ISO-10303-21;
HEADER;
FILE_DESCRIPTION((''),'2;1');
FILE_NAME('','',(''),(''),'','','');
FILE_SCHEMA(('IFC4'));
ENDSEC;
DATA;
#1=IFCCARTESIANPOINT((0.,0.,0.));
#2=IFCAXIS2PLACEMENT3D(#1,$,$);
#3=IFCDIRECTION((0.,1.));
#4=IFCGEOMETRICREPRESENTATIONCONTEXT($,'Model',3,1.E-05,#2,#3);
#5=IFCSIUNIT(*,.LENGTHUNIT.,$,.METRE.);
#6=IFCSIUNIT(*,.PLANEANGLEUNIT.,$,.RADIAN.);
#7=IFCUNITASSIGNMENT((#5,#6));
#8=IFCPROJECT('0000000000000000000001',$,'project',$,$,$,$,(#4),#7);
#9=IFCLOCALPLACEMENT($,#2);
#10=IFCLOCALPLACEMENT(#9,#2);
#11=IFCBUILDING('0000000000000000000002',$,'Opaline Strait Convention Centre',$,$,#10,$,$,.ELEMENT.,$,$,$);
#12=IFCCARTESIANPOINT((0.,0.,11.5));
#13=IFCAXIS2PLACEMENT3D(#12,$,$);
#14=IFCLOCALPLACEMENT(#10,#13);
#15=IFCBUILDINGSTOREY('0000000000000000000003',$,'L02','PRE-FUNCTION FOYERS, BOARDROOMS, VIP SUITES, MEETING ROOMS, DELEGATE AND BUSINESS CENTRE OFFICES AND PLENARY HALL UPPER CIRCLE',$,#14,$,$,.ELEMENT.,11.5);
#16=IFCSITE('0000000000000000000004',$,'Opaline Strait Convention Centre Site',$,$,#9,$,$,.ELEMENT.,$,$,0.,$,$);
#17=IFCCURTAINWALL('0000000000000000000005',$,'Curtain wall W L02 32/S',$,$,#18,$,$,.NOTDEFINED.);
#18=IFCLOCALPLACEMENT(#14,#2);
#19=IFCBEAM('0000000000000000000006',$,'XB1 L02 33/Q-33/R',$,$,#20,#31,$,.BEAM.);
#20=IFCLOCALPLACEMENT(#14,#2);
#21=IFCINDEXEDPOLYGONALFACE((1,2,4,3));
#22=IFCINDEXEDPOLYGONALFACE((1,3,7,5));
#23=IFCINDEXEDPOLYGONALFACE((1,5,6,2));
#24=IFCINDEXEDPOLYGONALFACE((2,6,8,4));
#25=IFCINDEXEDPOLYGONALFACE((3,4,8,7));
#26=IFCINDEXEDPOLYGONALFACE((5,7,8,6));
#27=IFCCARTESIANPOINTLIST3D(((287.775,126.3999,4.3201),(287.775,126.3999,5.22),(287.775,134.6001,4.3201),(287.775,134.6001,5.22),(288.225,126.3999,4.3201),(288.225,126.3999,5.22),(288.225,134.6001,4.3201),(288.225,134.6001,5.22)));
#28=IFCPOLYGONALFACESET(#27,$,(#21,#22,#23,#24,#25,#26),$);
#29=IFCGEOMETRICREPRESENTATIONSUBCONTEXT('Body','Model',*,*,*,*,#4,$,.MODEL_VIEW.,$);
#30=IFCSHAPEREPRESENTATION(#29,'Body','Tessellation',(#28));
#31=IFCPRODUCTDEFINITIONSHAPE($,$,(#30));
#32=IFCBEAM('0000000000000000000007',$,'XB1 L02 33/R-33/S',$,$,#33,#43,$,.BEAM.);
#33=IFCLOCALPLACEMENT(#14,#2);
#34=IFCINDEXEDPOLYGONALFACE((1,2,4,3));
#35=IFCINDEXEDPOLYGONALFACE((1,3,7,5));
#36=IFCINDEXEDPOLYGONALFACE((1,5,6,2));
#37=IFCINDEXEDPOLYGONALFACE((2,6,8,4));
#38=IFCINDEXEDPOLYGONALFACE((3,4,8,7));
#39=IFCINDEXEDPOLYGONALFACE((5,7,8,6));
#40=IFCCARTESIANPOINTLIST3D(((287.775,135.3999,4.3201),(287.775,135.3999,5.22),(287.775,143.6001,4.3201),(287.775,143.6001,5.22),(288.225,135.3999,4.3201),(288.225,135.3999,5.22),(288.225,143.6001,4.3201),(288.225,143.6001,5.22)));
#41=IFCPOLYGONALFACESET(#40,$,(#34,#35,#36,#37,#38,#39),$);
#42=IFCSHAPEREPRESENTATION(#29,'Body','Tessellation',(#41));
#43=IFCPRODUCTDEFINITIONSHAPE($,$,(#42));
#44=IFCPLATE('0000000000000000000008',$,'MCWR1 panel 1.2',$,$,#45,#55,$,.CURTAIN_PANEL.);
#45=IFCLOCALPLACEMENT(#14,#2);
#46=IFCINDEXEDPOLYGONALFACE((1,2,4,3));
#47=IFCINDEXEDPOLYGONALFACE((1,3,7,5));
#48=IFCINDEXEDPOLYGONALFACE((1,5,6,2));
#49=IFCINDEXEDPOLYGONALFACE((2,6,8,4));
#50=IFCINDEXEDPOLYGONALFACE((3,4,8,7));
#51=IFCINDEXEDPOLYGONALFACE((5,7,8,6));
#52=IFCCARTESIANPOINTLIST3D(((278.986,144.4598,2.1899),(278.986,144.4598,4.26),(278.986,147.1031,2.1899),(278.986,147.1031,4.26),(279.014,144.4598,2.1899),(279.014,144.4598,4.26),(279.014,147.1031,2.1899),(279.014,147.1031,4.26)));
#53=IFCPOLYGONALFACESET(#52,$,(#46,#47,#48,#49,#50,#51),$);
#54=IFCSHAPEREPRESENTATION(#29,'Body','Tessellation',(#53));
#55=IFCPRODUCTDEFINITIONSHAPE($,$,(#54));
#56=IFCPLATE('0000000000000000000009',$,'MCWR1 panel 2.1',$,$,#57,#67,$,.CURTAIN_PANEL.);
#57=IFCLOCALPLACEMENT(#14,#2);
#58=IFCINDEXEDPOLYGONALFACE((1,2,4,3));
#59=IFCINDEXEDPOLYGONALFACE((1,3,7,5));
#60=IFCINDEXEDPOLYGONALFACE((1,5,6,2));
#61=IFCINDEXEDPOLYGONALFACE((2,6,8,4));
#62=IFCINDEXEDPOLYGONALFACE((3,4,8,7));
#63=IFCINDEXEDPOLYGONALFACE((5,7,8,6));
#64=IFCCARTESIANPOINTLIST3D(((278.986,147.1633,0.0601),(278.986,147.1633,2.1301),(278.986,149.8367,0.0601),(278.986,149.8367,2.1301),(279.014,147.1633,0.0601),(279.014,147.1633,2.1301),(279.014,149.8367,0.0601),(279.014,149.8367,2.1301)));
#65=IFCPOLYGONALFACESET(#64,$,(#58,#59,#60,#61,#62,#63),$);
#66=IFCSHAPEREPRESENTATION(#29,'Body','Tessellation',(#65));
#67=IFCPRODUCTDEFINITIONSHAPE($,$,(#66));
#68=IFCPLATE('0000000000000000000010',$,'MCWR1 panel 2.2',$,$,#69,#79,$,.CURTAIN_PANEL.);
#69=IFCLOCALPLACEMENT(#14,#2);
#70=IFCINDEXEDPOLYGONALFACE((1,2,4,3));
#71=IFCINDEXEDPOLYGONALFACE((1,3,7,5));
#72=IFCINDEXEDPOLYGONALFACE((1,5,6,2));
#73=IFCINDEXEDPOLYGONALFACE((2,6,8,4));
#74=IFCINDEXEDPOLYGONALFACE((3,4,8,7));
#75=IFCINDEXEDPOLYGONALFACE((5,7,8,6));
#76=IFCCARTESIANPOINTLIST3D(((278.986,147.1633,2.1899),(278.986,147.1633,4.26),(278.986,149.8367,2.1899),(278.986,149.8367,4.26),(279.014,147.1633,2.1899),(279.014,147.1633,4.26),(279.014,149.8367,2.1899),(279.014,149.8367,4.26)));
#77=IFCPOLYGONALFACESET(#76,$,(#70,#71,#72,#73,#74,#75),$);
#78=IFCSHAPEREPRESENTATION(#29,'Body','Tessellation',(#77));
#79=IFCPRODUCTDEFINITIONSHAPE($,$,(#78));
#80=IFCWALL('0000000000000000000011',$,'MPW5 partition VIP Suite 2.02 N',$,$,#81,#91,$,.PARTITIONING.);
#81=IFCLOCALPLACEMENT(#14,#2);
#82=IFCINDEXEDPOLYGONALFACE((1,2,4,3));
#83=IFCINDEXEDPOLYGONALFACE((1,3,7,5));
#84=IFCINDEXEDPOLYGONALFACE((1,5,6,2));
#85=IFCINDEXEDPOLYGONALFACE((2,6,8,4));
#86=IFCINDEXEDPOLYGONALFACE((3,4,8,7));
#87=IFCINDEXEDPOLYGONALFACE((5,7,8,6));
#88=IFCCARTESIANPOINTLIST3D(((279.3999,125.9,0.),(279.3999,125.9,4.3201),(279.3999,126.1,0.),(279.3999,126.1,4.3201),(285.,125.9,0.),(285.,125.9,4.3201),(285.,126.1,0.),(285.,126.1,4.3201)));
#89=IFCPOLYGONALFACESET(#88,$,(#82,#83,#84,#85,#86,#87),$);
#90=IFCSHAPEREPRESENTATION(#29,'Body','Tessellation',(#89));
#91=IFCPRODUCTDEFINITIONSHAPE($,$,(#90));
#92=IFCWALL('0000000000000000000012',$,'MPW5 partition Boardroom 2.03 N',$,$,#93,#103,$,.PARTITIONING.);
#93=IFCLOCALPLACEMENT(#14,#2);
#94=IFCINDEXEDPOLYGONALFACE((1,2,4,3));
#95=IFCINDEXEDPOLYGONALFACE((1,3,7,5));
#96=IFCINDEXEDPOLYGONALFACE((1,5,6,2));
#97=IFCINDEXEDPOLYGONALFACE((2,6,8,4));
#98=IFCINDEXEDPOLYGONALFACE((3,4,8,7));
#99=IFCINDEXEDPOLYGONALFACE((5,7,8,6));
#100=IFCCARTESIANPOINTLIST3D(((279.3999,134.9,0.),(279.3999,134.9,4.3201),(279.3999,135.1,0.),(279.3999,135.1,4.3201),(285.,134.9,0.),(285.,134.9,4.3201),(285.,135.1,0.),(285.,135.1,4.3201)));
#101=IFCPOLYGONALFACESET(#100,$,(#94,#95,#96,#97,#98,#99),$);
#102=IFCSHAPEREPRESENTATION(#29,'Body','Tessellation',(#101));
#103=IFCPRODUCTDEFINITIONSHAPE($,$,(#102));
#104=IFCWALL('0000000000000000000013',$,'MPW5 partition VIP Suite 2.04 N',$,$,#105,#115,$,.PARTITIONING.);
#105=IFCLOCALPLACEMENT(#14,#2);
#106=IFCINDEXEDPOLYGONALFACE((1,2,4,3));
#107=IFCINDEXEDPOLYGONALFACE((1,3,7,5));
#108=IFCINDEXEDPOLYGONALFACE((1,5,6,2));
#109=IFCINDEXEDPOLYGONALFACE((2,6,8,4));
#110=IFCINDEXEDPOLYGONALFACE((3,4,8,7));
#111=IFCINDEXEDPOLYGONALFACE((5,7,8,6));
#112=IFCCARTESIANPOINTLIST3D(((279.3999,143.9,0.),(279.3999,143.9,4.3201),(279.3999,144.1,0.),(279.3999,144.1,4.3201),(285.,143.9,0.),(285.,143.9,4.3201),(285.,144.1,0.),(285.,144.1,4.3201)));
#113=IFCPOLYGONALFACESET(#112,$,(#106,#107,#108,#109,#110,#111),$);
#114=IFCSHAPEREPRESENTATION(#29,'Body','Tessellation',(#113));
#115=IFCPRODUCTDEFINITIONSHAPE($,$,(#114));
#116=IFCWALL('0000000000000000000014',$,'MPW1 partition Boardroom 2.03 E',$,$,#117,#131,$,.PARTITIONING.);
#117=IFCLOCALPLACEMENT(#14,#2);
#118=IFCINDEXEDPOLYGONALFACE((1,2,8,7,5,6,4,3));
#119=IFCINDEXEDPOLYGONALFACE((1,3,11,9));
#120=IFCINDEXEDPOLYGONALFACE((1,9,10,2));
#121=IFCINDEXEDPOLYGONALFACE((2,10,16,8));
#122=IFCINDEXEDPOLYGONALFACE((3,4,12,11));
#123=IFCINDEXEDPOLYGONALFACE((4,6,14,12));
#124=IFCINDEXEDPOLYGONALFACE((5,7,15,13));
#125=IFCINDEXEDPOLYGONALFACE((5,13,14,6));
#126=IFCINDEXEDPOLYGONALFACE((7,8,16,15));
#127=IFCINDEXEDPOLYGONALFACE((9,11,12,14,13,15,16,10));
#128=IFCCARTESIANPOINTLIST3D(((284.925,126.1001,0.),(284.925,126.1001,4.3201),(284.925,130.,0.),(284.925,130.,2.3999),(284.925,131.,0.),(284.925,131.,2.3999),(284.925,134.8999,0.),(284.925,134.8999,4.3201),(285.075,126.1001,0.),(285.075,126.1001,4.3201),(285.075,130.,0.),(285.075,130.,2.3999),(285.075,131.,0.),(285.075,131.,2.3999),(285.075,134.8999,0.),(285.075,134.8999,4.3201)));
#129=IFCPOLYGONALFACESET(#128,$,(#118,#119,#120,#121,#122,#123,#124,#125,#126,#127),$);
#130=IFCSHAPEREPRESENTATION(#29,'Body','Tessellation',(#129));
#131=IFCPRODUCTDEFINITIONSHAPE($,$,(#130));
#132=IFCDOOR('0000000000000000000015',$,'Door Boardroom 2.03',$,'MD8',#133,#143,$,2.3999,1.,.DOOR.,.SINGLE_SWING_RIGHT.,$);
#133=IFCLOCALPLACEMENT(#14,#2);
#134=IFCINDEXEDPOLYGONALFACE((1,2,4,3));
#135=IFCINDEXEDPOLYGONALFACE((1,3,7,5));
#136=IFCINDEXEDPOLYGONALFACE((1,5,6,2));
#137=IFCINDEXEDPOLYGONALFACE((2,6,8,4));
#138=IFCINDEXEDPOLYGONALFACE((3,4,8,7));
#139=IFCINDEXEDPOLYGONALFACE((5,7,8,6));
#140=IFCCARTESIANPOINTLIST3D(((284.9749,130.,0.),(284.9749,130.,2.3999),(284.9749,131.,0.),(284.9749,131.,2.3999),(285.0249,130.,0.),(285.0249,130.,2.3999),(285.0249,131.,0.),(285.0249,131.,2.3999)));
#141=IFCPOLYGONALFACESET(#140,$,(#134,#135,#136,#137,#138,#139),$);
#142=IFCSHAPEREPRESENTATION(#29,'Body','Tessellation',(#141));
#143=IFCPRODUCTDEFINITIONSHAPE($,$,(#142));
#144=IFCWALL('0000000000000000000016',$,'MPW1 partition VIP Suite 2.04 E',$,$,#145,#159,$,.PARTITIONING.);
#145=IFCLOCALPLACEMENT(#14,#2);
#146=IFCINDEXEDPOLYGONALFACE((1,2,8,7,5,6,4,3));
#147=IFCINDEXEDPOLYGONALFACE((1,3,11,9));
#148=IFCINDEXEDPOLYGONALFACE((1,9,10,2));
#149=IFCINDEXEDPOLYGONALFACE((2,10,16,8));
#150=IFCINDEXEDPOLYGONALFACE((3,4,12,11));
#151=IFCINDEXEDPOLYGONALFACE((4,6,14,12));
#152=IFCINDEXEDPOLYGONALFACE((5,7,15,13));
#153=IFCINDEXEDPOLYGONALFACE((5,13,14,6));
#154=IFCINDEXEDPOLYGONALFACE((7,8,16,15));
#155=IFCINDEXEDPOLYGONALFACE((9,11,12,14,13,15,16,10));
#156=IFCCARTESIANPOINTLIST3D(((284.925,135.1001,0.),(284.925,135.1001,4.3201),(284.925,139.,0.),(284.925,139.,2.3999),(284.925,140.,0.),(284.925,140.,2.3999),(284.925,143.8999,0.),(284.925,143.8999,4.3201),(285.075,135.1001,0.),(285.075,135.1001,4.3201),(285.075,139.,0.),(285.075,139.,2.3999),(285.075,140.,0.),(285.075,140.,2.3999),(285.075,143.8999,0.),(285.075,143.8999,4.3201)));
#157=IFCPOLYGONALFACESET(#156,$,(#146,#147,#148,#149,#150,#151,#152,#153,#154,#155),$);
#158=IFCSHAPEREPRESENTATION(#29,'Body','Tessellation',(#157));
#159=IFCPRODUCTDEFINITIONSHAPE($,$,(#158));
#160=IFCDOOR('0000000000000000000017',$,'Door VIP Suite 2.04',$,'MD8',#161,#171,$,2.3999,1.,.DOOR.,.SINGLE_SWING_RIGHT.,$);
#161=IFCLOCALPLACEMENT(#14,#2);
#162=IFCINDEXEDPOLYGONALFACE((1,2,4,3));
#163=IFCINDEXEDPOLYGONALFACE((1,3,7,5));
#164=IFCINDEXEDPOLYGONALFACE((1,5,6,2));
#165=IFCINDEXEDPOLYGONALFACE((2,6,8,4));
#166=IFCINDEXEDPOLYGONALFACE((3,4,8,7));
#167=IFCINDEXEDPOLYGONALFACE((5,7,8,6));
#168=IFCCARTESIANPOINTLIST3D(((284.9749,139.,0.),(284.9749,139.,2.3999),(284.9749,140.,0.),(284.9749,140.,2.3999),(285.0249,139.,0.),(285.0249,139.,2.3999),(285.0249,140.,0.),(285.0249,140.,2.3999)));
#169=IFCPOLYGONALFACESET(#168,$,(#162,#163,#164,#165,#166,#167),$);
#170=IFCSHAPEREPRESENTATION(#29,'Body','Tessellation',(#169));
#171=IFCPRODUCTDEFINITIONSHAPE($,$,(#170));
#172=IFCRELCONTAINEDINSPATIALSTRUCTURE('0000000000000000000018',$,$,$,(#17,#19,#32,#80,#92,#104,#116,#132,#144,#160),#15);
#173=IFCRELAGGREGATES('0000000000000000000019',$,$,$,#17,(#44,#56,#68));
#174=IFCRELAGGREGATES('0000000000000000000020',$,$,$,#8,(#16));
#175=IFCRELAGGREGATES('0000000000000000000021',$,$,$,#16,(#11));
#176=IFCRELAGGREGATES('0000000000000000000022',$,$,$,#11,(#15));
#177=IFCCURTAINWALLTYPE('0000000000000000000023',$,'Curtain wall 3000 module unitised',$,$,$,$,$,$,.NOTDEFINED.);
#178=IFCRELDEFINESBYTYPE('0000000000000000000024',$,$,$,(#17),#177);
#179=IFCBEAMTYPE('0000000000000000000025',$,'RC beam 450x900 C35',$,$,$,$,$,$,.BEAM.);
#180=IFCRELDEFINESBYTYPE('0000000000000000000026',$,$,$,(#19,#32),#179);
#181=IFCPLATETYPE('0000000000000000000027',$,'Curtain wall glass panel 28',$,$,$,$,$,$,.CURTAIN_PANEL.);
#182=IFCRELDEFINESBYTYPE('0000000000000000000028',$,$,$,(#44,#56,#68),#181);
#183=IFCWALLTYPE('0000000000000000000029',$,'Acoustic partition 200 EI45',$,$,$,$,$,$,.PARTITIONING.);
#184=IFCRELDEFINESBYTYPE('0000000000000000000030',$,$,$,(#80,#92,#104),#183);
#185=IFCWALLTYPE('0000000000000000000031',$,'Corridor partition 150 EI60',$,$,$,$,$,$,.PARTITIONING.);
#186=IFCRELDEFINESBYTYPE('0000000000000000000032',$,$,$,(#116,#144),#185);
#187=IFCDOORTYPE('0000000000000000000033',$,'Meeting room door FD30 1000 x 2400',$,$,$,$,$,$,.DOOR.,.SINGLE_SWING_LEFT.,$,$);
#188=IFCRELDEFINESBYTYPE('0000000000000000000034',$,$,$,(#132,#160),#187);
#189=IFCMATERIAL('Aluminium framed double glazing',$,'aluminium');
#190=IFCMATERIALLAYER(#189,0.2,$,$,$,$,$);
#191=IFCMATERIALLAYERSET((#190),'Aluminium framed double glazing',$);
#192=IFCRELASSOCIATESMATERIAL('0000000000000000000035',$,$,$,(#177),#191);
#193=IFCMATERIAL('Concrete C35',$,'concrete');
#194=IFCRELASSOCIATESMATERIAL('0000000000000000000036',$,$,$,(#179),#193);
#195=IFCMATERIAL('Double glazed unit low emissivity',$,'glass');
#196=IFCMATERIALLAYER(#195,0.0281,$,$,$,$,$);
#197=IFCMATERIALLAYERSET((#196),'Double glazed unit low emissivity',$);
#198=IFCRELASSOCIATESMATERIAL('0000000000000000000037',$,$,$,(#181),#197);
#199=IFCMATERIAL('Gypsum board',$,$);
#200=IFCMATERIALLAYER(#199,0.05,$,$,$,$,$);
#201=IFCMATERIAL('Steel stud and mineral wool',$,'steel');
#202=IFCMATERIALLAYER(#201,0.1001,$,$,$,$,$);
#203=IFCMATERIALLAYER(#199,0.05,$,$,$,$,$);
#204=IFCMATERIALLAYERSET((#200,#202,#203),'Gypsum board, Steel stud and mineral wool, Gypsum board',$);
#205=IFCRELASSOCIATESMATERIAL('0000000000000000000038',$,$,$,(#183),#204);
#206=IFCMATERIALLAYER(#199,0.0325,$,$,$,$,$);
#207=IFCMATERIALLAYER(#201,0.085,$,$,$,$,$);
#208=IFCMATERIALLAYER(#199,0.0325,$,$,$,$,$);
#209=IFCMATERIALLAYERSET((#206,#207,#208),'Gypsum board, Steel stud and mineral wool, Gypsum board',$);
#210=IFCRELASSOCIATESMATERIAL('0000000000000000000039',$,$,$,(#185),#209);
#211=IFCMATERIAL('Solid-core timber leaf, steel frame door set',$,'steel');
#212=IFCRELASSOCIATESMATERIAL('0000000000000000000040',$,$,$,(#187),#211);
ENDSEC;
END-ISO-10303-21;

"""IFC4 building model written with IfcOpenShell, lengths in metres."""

from ifc_helpers import new_model, si_unit, direction, frame, frame_2d, origin, origin_2d, place, context, subcontext, project, spatial, rectangle, extrude, material, layer, layer_set, material_profile, profile_set, type_object, element, fill, aggregate, save


model = new_model("IFC4")

# Units and contexts
model_context = context("Model", 3, precision=1e-05, world=origin(), true_north=direction((0.0, 1.0)))
body_context = subcontext(model_context, "Body", "Model", "MODEL_VIEW")
ifc_project = project(units=[si_unit("LENGTHUNIT", "METRE"), si_unit("PLANEANGLEUNIT", "RADIAN")], contexts=[model_context])

# Site, building, storey
site_placement = place(None, origin())
site = spatial("IfcSite", under=ifc_project, at=site_placement, Name="Opaline Strait Convention Centre Site", CompositionType="ELEMENT", RefElevation=0.0)
building_placement = place(site_placement, origin())
building = spatial("IfcBuilding", under=site, at=building_placement, Name="Opaline Strait Convention Centre", CompositionType="ELEMENT")
storey_placement = place(building_placement, frame((0.0, 0.0, 11.5)))
storey = spatial("IfcBuildingStorey", under=building, at=storey_placement, Name="L02", Description="PRE-FUNCTION FOYERS, BOARDROOMS, VIP SUITES, MEETING ROOMS, DELEGATE AND BUSINESS CENTRE OFFICES AND PLENARY HALL UPPER CIRCLE", CompositionType="ELEMENT", Elevation=11.5)

# Curtain wall
ifc_material_1 = material(Name="Aluminium framed double glazing", Category="aluminium")
ifc_layer_1 = layer(ifc_material_1, 0.2)
ifc_layer_set_1 = layer_set([ifc_layer_1], Name="Aluminium framed double glazing")
curtain_wall_type = type_object("IfcCurtainWallType", Name="Curtain wall 3000 module unitised", PredefinedType="NOTDEFINED", material=ifc_layer_set_1)
curtain_wall_placement = place(storey_placement, origin())
curtain_wall = element("IfcCurtainWall", 1, at=curtain_wall_placement, inside=storey, type_object=curtain_wall_type, Name="Curtain wall W L02 32/S", PredefinedType="NOTDEFINED")

# Beams
ifc_material_2 = material(Name="Concrete C35", Category="concrete")
ifc_material_profile_1 = material_profile(ifc_material_2, rectangle(XDim=0.45, YDim=0.8999, at=origin_2d()), Name="RC 450x900")
ifc_profile_set_1 = profile_set([ifc_material_profile_1], Name="Concrete C35")
beam_type = type_object("IfcBeamType", Name="RC beam 450x900 C35", PredefinedType="BEAM", material=ifc_profile_set_1)
for number, where, z_axis, x_axis, name in (
    (2, (288.0, 126.3999, 4.77), (0.0, 1.0, 0.0), (-1.0, 0.0, 0.0), "XB1 L02 33/Q-33/R"),
    (3, (288.0, 135.3999, 4.77), (0.0, 1.0, 0.0), (-1.0, 0.0, 0.0), "XB1 L02 33/R-33/S"),
):
    element("IfcBeam", number, at=place(storey_placement, frame(where, z_axis=z_axis, x_axis=x_axis)), inside=storey, type_object=beam_type, Name=name, PredefinedType="BEAM", context=body_context, shape_type="SweptSolid", body=[
        extrude(rectangle(XDim=0.45, YDim=0.8999, at=origin_2d()), origin(), (0.0, 0.0, 1.0), 8.2002),
    ])

# Plates
ifc_material_3 = material(Name="Double glazed unit low emissivity", Category="glass")
ifc_layer_2 = layer(ifc_material_3, 0.0281)
ifc_layer_set_2 = layer_set([ifc_layer_2], Name="Double glazed unit low emissivity")
plate_type = type_object("IfcPlateType", Name="Curtain wall glass panel 28", PredefinedType="CURTAIN_PANEL", material=ifc_layer_set_2)
plate_1_placement = place(storey_placement, frame((279.0, 145.7815, 2.1899), z_axis=(0.0, 0.0, 1.0), x_axis=(0.0, 1.0, 0.0)))
plate_1 = element("IfcPlate", 4, at=plate_1_placement, type_object=plate_type, Name="MCWR1 panel 1.2", PredefinedType="CURTAIN_PANEL", context=body_context, shape_type="SweptSolid", body=[
    extrude(rectangle(XDim=2.6433, YDim=0.0281, at=origin_2d()), origin(), (0.0, 0.0, 1.0), 2.0701),
])
plate_2_placement = place(storey_placement, frame((279.0, 148.5, 0.0601), z_axis=(0.0, 0.0, 1.0), x_axis=(0.0, 1.0, 0.0)))
plate_2 = element("IfcPlate", 5, at=plate_2_placement, type_object=plate_type, Name="MCWR1 panel 2.1", PredefinedType="CURTAIN_PANEL", context=body_context, shape_type="SweptSolid", body=[
    extrude(rectangle(XDim=2.6733, YDim=0.0281, at=origin_2d()), origin(), (0.0, 0.0, 1.0), 2.0701),
])
plate_3_placement = place(storey_placement, frame((279.0, 148.5, 2.1899), z_axis=(0.0, 0.0, 1.0), x_axis=(0.0, 1.0, 0.0)))
plate_3 = element("IfcPlate", 6, at=plate_3_placement, type_object=plate_type, Name="MCWR1 panel 2.2", PredefinedType="CURTAIN_PANEL", context=body_context, shape_type="SweptSolid", body=[
    extrude(rectangle(XDim=2.6733, YDim=0.0281, at=origin_2d()), origin(), (0.0, 0.0, 1.0), 2.0701),
])
aggregate(curtain_wall, [plate_1, plate_2, plate_3])

# Walls
ifc_material_4 = material(Name="Gypsum board")
ifc_layer_3 = layer(ifc_material_4, 0.05)
ifc_material_5 = material(Name="Steel stud and mineral wool", Category="steel")
ifc_layer_4 = layer(ifc_material_5, 0.1001)
ifc_layer_5 = layer(ifc_material_4, 0.05)
ifc_layer_set_3 = layer_set([ifc_layer_3, ifc_layer_4, ifc_layer_5], Name="Gypsum board, Steel stud and mineral wool, Gypsum board")
wall_type_1 = type_object("IfcWallType", Name="Acoustic partition 200 EI45", PredefinedType="PARTITIONING", material=ifc_layer_set_3)
for number, where, z_axis, x_axis, name in (
    (7, (279.3999, 126.0, 0.0), (0.0, 0.0, 1.0), (1.0, 0.0, 0.0), "MPW5 partition VIP Suite 2.02 N"),
    (8, (279.3999, 135.0, 0.0), (0.0, 0.0, 1.0), (1.0, 0.0, 0.0), "MPW5 partition Boardroom 2.03 N"),
    (9, (279.3999, 144.0, 0.0), (0.0, 0.0, 1.0), (1.0, 0.0, 0.0), "MPW5 partition VIP Suite 2.04 N"),
):
    element("IfcWall", number, at=place(storey_placement, frame(where, z_axis=z_axis, x_axis=x_axis)), inside=storey, type_object=wall_type_1, Name=name, PredefinedType="PARTITIONING", context=body_context, shape_type="SweptSolid", body=[
        extrude(rectangle(XDim=5.6001, YDim=0.2, at=frame_2d((2.8, 0.0))), origin(), (0.0, 0.0, 1.0), 4.3201),
    ])

# Walls, openings, doors
ifc_layer_6 = layer(ifc_material_4, 0.0325)
ifc_layer_7 = layer(ifc_material_5, 0.085)
ifc_layer_8 = layer(ifc_material_4, 0.0325)
ifc_layer_set_4 = layer_set([ifc_layer_6, ifc_layer_7, ifc_layer_8], Name="Gypsum board, Steel stud and mineral wool, Gypsum board")
wall_type_2 = type_object("IfcWallType", Name="Corridor partition 150 EI60", PredefinedType="PARTITIONING", material=ifc_layer_set_4)
wall_1_placement = place(storey_placement, frame((285.0, 126.1001, 0.0), z_axis=(0.0, 0.0, 1.0), x_axis=(0.0, 1.0, 0.0)))
wall_1 = element("IfcWall", 10, at=wall_1_placement, inside=storey, type_object=wall_type_2, Name="MPW1 partition Boardroom 2.03 E", PredefinedType="PARTITIONING", context=body_context, shape_type="SweptSolid", body=[
    extrude(rectangle(XDim=8.7998, YDim=0.1499, at=frame_2d((4.3999, 0.0))), origin(), (0.0, 0.0, 1.0), 4.3201),
])
opening_1_placement = place(wall_1_placement, frame((3.8999, 0.0, 0.0)))
opening_1 = element("IfcOpeningElement", 11, at=opening_1_placement, cuts=wall_1, PredefinedType="OPENING", context=body_context, shape_type="SweptSolid", body=[
    extrude(rectangle(XDim=1.0, YDim=2.3999, at=frame_2d((0.5, 1.2))), frame((0.0, 0.085, 0.0), z_axis=(0.0, -1.0, 0.0), x_axis=(1.0, 0.0, 0.0)), (0.0, 0.0, 1.0), 0.1699),
])
ifc_material_6 = material(Name="Solid-core timber leaf, steel frame door set", Category="steel")
door_type_1 = type_object("IfcDoorType", Name="Meeting room door FD30 1000 x 2400", OperationType="SINGLE_SWING_LEFT", PredefinedType="DOOR", material=ifc_material_6)
door_1_placement = place(opening_1_placement, frame((1.0, 0.0, 0.0), z_axis=(0.0, 0.0, 1.0), x_axis=(-1.0, 0.0, 0.0)))
door_1 = element("IfcDoor", 12, at=door_1_placement, inside=storey, type_object=door_type_1, Name="Door Boardroom 2.03", ObjectType="MD8", OperationType="SINGLE_SWING_RIGHT", OverallHeight=2.3999, OverallWidth=1.0, PredefinedType="DOOR", context=body_context, shape_type="SweptSolid", body=[
    extrude(rectangle(XDim=1.0, YDim=2.3999, at=frame_2d((0.5, 1.2))), frame((0.0, 0.0249, 0.0), z_axis=(0.0, -1.0, 0.0), x_axis=(1.0, 0.0, 0.0)), (0.0, 0.0, 1.0), 0.05),
])
fill(opening_1, door_1)
wall_2_placement = place(storey_placement, frame((285.0, 135.1001, 0.0), z_axis=(0.0, 0.0, 1.0), x_axis=(0.0, 1.0, 0.0)))
wall_2 = element("IfcWall", 13, at=wall_2_placement, inside=storey, type_object=wall_type_2, Name="MPW1 partition VIP Suite 2.04 E", PredefinedType="PARTITIONING", context=body_context, shape_type="SweptSolid", body=[
    extrude(rectangle(XDim=8.7998, YDim=0.1499, at=frame_2d((4.3999, 0.0))), origin(), (0.0, 0.0, 1.0), 4.3201),
])
opening_2_placement = place(wall_2_placement, frame((3.8999, 0.0, 0.0)))
opening_2 = element("IfcOpeningElement", 14, at=opening_2_placement, cuts=wall_2, PredefinedType="OPENING", context=body_context, shape_type="SweptSolid", body=[
    extrude(rectangle(XDim=1.0, YDim=2.3999, at=frame_2d((0.5, 1.2))), frame((0.0, 0.085, 0.0), z_axis=(0.0, -1.0, 0.0), x_axis=(1.0, 0.0, 0.0)), (0.0, 0.0, 1.0), 0.1699),
])
door_2_placement = place(opening_2_placement, frame((1.0, 0.0, 0.0), z_axis=(0.0, 0.0, 1.0), x_axis=(-1.0, 0.0, 0.0)))
door_2 = element("IfcDoor", 15, at=door_2_placement, inside=storey, type_object=door_type_1, Name="Door VIP Suite 2.04", ObjectType="MD8", OperationType="SINGLE_SWING_RIGHT", OverallHeight=2.3999, OverallWidth=1.0, PredefinedType="DOOR", context=body_context, shape_type="SweptSolid", body=[
    extrude(rectangle(XDim=1.0, YDim=2.3999, at=frame_2d((0.5, 1.2))), frame((0.0, 0.0249, 0.0), z_axis=(0.0, -1.0, 0.0), x_axis=(1.0, 0.0, 0.0)), (0.0, 0.0, 1.0), 0.05),
])
fill(opening_2, door_2)

save(model, "model.ifc")
